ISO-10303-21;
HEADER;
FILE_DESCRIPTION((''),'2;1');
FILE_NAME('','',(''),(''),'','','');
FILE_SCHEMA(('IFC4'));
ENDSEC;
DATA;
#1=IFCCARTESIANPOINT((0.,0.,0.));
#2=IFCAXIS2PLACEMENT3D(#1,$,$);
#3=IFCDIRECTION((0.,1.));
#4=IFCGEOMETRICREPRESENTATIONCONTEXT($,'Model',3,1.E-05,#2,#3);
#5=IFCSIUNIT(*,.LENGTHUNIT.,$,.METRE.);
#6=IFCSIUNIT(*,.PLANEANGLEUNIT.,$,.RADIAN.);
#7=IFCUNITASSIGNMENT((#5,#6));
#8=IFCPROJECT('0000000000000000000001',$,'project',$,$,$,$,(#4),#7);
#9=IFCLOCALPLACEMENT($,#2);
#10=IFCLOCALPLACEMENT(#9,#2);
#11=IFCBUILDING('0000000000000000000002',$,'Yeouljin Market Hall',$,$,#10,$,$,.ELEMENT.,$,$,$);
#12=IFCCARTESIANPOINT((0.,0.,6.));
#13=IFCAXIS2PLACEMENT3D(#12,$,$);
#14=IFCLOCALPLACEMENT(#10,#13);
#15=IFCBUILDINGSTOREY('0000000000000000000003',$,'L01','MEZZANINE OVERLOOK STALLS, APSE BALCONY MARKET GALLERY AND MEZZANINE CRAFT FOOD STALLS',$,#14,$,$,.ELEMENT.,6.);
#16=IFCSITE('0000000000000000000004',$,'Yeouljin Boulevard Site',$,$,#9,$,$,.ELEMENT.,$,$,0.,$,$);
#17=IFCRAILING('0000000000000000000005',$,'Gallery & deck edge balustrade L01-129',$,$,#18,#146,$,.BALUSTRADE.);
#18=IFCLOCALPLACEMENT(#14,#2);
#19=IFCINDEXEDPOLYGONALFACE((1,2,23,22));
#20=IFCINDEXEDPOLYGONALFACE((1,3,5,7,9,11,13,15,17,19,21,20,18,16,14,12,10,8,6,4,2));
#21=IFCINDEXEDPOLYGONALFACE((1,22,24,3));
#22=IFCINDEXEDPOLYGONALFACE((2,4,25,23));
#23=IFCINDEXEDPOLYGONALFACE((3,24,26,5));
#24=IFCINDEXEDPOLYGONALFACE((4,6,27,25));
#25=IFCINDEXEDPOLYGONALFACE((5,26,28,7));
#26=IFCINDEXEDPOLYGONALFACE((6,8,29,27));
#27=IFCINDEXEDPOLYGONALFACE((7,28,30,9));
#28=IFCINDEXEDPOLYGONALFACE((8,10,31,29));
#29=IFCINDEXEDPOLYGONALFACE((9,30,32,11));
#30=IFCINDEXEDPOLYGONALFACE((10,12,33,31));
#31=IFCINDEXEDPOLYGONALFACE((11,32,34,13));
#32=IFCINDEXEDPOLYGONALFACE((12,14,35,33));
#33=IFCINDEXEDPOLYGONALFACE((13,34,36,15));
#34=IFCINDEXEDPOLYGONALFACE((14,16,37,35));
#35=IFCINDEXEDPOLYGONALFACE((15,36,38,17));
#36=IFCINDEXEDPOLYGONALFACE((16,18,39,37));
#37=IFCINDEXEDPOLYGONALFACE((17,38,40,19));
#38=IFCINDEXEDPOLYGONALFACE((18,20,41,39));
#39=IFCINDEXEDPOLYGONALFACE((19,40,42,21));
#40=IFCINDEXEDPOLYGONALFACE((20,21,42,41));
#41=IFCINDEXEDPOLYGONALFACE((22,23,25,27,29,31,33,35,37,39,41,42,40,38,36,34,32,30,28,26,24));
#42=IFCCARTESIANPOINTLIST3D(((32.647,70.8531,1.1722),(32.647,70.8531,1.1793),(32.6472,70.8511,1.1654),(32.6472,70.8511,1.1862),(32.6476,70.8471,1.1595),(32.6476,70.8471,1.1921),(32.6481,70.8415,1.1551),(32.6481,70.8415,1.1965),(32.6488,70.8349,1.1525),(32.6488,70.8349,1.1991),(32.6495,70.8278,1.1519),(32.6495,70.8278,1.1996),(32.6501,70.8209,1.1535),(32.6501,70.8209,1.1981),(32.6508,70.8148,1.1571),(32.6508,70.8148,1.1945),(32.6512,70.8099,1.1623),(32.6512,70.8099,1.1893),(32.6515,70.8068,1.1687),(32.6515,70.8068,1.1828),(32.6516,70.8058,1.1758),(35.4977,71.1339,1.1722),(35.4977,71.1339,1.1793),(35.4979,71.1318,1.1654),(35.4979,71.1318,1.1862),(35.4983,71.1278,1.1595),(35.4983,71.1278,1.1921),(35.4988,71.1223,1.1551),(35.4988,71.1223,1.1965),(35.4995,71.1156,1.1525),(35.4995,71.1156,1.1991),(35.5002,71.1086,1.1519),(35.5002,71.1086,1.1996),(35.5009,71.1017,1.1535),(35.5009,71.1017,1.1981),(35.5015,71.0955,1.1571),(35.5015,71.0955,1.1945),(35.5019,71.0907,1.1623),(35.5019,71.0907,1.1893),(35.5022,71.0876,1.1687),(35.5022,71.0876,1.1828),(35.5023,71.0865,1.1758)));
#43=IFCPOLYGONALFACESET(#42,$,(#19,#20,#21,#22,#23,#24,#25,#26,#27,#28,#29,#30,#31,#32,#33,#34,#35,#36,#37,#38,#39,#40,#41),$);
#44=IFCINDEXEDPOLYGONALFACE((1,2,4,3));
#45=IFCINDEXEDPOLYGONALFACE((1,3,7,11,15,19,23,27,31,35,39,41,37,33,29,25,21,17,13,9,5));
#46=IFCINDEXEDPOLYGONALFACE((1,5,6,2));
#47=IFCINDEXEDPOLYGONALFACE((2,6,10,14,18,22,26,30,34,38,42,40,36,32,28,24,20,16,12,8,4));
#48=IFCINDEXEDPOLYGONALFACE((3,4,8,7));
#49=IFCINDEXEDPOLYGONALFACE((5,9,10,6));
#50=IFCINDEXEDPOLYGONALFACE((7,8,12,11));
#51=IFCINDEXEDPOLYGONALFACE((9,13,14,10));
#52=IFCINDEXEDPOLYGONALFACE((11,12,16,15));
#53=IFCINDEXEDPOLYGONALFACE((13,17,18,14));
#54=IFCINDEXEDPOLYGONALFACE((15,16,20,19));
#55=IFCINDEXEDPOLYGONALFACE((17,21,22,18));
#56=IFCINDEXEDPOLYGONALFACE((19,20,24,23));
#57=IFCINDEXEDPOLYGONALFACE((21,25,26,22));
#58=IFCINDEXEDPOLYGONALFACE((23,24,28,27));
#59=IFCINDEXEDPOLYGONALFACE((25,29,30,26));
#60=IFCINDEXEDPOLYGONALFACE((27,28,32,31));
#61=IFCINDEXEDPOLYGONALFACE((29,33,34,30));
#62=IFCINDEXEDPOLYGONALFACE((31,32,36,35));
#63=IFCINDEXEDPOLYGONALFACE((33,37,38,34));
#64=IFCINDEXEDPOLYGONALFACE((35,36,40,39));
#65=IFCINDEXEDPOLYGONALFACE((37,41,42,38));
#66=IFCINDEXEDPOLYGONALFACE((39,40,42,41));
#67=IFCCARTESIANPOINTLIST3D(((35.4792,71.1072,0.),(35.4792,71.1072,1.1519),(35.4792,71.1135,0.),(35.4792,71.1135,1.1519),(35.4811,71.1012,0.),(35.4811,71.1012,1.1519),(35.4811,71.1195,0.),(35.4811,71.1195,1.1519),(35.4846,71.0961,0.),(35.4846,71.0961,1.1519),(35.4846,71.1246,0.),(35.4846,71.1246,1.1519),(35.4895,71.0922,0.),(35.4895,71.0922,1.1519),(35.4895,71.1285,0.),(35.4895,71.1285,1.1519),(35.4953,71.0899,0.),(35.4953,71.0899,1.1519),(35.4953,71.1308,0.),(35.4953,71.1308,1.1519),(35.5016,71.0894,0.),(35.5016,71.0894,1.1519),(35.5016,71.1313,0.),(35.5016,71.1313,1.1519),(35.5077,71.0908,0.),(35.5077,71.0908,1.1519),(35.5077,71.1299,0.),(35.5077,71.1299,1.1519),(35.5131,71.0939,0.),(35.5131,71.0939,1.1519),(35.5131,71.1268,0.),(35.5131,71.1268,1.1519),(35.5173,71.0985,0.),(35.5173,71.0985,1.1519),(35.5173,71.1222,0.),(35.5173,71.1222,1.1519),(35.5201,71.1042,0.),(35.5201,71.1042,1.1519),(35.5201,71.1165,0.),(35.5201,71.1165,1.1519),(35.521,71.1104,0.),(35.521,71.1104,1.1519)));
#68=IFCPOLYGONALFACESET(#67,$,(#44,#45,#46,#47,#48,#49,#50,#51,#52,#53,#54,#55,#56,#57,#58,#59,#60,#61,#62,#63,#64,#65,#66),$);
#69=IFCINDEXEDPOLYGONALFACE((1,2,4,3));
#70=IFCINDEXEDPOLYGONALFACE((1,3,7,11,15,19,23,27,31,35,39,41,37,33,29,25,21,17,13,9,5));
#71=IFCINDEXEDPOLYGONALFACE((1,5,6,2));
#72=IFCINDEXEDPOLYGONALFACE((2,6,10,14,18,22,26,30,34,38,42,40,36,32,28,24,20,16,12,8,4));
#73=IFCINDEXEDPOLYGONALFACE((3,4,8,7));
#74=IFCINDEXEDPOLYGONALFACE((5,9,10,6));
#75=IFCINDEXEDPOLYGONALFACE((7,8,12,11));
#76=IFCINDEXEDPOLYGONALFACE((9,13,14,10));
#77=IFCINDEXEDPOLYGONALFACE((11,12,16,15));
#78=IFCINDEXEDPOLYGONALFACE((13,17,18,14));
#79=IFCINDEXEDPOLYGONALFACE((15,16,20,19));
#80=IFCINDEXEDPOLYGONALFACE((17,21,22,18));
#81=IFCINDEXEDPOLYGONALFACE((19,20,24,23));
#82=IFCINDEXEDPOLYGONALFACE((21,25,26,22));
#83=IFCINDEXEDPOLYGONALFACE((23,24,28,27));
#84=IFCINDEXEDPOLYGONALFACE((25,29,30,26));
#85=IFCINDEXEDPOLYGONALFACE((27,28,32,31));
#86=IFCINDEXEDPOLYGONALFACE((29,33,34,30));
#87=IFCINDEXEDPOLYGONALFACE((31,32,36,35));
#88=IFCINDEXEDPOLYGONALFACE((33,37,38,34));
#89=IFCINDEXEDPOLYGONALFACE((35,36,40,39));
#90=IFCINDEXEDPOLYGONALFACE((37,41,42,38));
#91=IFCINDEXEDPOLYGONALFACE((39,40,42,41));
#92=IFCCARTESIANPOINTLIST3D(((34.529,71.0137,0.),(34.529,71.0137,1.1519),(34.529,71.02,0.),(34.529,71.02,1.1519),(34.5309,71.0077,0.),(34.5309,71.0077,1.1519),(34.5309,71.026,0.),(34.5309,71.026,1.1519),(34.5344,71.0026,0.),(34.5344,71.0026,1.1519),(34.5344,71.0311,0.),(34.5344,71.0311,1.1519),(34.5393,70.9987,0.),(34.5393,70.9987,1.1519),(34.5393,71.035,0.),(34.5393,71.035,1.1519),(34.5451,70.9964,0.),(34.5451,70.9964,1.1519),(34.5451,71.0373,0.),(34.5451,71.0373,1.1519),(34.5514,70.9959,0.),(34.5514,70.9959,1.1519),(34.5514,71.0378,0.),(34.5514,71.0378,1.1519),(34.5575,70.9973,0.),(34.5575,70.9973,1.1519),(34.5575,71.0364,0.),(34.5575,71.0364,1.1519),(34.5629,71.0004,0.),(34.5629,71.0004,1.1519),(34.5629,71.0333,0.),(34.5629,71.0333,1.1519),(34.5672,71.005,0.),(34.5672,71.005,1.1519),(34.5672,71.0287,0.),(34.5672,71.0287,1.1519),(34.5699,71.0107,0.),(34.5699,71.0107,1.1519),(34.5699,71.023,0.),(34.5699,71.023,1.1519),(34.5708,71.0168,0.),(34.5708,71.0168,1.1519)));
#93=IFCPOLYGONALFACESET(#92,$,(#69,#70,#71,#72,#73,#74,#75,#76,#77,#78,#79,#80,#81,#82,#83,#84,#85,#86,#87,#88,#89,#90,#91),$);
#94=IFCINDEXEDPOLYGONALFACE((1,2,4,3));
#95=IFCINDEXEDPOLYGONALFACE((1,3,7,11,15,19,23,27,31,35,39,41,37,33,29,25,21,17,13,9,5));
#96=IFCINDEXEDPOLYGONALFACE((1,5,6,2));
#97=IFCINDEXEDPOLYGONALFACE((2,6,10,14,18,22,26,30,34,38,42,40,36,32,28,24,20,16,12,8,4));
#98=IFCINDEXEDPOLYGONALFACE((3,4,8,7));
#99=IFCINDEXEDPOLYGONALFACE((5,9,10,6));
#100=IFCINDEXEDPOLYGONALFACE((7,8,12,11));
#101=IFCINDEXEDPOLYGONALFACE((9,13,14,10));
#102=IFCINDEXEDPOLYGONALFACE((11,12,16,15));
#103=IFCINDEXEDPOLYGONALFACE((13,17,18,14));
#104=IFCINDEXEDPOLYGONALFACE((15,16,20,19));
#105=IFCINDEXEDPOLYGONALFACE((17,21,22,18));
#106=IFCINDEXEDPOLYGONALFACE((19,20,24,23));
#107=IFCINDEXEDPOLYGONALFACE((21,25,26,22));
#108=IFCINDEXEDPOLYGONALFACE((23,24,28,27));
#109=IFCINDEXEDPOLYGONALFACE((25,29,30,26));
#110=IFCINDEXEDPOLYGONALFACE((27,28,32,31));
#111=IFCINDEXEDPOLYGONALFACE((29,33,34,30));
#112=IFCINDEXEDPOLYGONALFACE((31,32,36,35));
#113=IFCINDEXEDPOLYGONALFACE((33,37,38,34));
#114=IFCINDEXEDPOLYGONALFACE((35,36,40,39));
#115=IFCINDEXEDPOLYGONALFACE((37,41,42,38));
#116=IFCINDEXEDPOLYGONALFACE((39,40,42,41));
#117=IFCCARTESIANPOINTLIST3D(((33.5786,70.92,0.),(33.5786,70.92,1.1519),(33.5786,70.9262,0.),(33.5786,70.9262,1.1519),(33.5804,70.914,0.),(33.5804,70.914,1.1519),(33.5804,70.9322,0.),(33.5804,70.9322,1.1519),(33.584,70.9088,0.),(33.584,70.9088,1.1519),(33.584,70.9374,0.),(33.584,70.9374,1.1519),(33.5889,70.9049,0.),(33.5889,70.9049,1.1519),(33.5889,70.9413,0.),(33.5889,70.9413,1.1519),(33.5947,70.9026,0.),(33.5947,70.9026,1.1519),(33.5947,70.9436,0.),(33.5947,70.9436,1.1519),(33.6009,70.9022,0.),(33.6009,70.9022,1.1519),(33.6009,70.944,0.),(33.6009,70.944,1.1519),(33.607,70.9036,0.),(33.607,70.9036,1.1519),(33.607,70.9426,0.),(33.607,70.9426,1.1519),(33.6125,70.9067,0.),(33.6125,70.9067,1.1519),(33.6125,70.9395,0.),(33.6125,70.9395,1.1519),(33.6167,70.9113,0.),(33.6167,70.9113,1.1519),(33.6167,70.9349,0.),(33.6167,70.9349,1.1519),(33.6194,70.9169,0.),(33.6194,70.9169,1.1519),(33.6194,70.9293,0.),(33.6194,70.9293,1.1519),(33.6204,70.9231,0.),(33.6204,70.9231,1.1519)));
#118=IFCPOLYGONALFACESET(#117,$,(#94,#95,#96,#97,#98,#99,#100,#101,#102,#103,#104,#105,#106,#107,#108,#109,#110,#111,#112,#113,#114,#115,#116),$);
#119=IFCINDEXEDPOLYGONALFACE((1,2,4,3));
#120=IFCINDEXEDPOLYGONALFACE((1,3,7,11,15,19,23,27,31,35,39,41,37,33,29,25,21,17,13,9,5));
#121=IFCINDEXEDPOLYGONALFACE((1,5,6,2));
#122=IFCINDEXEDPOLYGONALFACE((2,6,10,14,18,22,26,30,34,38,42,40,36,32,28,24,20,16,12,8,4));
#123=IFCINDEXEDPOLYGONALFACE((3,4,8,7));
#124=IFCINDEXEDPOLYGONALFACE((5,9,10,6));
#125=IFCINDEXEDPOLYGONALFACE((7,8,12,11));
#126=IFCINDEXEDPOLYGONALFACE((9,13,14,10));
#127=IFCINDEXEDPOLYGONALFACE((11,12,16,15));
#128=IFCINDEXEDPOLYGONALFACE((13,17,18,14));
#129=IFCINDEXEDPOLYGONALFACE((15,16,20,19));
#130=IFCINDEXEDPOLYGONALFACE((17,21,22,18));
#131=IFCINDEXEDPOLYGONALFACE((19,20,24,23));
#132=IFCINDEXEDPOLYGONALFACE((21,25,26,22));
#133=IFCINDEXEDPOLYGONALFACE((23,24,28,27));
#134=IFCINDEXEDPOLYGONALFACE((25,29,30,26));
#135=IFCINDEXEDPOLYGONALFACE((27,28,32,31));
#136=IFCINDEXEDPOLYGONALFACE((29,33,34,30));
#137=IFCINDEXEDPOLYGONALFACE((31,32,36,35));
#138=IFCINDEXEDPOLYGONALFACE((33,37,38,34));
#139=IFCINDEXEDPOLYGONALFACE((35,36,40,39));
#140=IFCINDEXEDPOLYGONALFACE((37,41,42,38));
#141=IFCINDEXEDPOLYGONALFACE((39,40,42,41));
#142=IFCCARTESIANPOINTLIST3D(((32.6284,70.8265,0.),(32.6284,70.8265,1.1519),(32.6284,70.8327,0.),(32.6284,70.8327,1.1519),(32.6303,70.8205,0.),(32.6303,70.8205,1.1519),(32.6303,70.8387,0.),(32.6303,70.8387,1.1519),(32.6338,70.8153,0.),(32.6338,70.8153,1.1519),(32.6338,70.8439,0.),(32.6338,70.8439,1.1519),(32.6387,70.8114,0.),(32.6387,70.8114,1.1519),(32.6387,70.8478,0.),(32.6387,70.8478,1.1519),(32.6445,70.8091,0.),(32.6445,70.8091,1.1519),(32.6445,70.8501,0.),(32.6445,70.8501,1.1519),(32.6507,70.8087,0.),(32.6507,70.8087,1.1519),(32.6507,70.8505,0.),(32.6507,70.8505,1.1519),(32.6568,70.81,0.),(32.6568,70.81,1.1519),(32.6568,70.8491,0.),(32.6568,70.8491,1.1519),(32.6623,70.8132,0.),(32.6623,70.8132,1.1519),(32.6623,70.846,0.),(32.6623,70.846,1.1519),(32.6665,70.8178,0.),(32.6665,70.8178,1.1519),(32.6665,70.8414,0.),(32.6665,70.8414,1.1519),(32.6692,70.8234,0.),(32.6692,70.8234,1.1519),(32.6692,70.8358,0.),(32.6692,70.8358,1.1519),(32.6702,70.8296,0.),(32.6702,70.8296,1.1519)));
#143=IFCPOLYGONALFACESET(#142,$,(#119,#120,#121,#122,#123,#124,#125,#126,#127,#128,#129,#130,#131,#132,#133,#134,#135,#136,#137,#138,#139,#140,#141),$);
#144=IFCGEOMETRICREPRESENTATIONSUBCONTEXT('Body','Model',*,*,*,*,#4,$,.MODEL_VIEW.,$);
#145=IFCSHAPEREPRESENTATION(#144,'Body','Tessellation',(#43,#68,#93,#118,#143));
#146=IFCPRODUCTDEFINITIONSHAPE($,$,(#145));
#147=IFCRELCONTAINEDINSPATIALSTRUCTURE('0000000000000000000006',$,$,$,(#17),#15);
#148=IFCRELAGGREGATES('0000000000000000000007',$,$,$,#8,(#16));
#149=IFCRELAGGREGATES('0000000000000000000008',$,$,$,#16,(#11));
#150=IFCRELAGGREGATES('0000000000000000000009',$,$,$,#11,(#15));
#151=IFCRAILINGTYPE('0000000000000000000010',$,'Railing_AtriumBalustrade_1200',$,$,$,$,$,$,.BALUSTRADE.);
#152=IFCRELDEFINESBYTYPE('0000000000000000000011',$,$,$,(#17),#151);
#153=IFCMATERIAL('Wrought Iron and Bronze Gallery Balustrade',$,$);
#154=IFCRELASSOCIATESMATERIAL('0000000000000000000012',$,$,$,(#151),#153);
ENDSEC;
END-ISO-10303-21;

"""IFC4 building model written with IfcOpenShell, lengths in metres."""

from ifc_helpers import new_model, si_unit, direction, frame, origin, origin_2d, place, context, subcontext, project, spatial, circle, extrude, material, type_object, element, save


model = new_model("IFC4")

# Units and contexts
model_context = context("Model", 3, precision=1e-05, world=origin(), true_north=direction((0.0, 1.0)))
body_context = subcontext(model_context, "Body", "Model", "MODEL_VIEW")
ifc_project = project(units=[si_unit("LENGTHUNIT", "METRE"), si_unit("PLANEANGLEUNIT", "RADIAN")], contexts=[model_context])

# Site, building, storey
site_placement = place(None, origin())
site = spatial("IfcSite", under=ifc_project, at=site_placement, Name="Yeouljin Boulevard Site", CompositionType="ELEMENT", RefElevation=0.0)
building_placement = place(site_placement, origin())
building = spatial("IfcBuilding", under=site, at=building_placement, Name="Yeouljin Market Hall", CompositionType="ELEMENT")
storey_placement = place(building_placement, frame((0.0, 0.0, 6.0)))
storey = spatial("IfcBuildingStorey", under=building, at=storey_placement, Name="L01", Description="MEZZANINE OVERLOOK STALLS, APSE BALCONY MARKET GALLERY AND MEZZANINE CRAFT FOOD STALLS", CompositionType="ELEMENT", Elevation=6.0)

# Railing
ifc_material_1 = material(Name="Wrought Iron and Bronze Gallery Balustrade")
railing_type = type_object("IfcRailingType", Name="Railing_AtriumBalustrade_1200", PredefinedType="BALUSTRADE", material=ifc_material_1)
railing_1_placement = place(storey_placement, frame((35.5, 71.1104, 0.0)))
element("IfcRailing", 1, at=railing_1_placement, inside=storey, type_object=railing_type, Name="Gallery & deck edge balustrade L01-129", PredefinedType="BALUSTRADE", context=body_context, shape_type="SweptSolid", body=[
    extrude(circle(Radius=0.0239, at=origin_2d()), frame((0.0, 0.0, 1.1758), z_axis=(-0.995185, -0.09801, 0.0), x_axis=(0.09801, -0.995185, 0.0)), (0.0, 0.0, 1.0), 2.8645),
    extrude(circle(Radius=0.021, at=origin_2d()), origin(), (0.0, 0.0, 1.0), 1.1519),
    extrude(circle(Radius=0.021, at=origin_2d()), frame((-0.9502, -0.0935, 0.0)), (0.0, 0.0, 1.0), 1.1519),
    extrude(circle(Radius=0.021, at=origin_2d()), frame((-1.9006, -0.1873, 0.0)), (0.0, 0.0, 1.0), 1.1519),
    extrude(circle(Radius=0.021, at=origin_2d()), frame((-2.8508, -0.2808, 0.0)), (0.0, 0.0, 1.0), 1.1519),
])

save(model, "model.ifc")
